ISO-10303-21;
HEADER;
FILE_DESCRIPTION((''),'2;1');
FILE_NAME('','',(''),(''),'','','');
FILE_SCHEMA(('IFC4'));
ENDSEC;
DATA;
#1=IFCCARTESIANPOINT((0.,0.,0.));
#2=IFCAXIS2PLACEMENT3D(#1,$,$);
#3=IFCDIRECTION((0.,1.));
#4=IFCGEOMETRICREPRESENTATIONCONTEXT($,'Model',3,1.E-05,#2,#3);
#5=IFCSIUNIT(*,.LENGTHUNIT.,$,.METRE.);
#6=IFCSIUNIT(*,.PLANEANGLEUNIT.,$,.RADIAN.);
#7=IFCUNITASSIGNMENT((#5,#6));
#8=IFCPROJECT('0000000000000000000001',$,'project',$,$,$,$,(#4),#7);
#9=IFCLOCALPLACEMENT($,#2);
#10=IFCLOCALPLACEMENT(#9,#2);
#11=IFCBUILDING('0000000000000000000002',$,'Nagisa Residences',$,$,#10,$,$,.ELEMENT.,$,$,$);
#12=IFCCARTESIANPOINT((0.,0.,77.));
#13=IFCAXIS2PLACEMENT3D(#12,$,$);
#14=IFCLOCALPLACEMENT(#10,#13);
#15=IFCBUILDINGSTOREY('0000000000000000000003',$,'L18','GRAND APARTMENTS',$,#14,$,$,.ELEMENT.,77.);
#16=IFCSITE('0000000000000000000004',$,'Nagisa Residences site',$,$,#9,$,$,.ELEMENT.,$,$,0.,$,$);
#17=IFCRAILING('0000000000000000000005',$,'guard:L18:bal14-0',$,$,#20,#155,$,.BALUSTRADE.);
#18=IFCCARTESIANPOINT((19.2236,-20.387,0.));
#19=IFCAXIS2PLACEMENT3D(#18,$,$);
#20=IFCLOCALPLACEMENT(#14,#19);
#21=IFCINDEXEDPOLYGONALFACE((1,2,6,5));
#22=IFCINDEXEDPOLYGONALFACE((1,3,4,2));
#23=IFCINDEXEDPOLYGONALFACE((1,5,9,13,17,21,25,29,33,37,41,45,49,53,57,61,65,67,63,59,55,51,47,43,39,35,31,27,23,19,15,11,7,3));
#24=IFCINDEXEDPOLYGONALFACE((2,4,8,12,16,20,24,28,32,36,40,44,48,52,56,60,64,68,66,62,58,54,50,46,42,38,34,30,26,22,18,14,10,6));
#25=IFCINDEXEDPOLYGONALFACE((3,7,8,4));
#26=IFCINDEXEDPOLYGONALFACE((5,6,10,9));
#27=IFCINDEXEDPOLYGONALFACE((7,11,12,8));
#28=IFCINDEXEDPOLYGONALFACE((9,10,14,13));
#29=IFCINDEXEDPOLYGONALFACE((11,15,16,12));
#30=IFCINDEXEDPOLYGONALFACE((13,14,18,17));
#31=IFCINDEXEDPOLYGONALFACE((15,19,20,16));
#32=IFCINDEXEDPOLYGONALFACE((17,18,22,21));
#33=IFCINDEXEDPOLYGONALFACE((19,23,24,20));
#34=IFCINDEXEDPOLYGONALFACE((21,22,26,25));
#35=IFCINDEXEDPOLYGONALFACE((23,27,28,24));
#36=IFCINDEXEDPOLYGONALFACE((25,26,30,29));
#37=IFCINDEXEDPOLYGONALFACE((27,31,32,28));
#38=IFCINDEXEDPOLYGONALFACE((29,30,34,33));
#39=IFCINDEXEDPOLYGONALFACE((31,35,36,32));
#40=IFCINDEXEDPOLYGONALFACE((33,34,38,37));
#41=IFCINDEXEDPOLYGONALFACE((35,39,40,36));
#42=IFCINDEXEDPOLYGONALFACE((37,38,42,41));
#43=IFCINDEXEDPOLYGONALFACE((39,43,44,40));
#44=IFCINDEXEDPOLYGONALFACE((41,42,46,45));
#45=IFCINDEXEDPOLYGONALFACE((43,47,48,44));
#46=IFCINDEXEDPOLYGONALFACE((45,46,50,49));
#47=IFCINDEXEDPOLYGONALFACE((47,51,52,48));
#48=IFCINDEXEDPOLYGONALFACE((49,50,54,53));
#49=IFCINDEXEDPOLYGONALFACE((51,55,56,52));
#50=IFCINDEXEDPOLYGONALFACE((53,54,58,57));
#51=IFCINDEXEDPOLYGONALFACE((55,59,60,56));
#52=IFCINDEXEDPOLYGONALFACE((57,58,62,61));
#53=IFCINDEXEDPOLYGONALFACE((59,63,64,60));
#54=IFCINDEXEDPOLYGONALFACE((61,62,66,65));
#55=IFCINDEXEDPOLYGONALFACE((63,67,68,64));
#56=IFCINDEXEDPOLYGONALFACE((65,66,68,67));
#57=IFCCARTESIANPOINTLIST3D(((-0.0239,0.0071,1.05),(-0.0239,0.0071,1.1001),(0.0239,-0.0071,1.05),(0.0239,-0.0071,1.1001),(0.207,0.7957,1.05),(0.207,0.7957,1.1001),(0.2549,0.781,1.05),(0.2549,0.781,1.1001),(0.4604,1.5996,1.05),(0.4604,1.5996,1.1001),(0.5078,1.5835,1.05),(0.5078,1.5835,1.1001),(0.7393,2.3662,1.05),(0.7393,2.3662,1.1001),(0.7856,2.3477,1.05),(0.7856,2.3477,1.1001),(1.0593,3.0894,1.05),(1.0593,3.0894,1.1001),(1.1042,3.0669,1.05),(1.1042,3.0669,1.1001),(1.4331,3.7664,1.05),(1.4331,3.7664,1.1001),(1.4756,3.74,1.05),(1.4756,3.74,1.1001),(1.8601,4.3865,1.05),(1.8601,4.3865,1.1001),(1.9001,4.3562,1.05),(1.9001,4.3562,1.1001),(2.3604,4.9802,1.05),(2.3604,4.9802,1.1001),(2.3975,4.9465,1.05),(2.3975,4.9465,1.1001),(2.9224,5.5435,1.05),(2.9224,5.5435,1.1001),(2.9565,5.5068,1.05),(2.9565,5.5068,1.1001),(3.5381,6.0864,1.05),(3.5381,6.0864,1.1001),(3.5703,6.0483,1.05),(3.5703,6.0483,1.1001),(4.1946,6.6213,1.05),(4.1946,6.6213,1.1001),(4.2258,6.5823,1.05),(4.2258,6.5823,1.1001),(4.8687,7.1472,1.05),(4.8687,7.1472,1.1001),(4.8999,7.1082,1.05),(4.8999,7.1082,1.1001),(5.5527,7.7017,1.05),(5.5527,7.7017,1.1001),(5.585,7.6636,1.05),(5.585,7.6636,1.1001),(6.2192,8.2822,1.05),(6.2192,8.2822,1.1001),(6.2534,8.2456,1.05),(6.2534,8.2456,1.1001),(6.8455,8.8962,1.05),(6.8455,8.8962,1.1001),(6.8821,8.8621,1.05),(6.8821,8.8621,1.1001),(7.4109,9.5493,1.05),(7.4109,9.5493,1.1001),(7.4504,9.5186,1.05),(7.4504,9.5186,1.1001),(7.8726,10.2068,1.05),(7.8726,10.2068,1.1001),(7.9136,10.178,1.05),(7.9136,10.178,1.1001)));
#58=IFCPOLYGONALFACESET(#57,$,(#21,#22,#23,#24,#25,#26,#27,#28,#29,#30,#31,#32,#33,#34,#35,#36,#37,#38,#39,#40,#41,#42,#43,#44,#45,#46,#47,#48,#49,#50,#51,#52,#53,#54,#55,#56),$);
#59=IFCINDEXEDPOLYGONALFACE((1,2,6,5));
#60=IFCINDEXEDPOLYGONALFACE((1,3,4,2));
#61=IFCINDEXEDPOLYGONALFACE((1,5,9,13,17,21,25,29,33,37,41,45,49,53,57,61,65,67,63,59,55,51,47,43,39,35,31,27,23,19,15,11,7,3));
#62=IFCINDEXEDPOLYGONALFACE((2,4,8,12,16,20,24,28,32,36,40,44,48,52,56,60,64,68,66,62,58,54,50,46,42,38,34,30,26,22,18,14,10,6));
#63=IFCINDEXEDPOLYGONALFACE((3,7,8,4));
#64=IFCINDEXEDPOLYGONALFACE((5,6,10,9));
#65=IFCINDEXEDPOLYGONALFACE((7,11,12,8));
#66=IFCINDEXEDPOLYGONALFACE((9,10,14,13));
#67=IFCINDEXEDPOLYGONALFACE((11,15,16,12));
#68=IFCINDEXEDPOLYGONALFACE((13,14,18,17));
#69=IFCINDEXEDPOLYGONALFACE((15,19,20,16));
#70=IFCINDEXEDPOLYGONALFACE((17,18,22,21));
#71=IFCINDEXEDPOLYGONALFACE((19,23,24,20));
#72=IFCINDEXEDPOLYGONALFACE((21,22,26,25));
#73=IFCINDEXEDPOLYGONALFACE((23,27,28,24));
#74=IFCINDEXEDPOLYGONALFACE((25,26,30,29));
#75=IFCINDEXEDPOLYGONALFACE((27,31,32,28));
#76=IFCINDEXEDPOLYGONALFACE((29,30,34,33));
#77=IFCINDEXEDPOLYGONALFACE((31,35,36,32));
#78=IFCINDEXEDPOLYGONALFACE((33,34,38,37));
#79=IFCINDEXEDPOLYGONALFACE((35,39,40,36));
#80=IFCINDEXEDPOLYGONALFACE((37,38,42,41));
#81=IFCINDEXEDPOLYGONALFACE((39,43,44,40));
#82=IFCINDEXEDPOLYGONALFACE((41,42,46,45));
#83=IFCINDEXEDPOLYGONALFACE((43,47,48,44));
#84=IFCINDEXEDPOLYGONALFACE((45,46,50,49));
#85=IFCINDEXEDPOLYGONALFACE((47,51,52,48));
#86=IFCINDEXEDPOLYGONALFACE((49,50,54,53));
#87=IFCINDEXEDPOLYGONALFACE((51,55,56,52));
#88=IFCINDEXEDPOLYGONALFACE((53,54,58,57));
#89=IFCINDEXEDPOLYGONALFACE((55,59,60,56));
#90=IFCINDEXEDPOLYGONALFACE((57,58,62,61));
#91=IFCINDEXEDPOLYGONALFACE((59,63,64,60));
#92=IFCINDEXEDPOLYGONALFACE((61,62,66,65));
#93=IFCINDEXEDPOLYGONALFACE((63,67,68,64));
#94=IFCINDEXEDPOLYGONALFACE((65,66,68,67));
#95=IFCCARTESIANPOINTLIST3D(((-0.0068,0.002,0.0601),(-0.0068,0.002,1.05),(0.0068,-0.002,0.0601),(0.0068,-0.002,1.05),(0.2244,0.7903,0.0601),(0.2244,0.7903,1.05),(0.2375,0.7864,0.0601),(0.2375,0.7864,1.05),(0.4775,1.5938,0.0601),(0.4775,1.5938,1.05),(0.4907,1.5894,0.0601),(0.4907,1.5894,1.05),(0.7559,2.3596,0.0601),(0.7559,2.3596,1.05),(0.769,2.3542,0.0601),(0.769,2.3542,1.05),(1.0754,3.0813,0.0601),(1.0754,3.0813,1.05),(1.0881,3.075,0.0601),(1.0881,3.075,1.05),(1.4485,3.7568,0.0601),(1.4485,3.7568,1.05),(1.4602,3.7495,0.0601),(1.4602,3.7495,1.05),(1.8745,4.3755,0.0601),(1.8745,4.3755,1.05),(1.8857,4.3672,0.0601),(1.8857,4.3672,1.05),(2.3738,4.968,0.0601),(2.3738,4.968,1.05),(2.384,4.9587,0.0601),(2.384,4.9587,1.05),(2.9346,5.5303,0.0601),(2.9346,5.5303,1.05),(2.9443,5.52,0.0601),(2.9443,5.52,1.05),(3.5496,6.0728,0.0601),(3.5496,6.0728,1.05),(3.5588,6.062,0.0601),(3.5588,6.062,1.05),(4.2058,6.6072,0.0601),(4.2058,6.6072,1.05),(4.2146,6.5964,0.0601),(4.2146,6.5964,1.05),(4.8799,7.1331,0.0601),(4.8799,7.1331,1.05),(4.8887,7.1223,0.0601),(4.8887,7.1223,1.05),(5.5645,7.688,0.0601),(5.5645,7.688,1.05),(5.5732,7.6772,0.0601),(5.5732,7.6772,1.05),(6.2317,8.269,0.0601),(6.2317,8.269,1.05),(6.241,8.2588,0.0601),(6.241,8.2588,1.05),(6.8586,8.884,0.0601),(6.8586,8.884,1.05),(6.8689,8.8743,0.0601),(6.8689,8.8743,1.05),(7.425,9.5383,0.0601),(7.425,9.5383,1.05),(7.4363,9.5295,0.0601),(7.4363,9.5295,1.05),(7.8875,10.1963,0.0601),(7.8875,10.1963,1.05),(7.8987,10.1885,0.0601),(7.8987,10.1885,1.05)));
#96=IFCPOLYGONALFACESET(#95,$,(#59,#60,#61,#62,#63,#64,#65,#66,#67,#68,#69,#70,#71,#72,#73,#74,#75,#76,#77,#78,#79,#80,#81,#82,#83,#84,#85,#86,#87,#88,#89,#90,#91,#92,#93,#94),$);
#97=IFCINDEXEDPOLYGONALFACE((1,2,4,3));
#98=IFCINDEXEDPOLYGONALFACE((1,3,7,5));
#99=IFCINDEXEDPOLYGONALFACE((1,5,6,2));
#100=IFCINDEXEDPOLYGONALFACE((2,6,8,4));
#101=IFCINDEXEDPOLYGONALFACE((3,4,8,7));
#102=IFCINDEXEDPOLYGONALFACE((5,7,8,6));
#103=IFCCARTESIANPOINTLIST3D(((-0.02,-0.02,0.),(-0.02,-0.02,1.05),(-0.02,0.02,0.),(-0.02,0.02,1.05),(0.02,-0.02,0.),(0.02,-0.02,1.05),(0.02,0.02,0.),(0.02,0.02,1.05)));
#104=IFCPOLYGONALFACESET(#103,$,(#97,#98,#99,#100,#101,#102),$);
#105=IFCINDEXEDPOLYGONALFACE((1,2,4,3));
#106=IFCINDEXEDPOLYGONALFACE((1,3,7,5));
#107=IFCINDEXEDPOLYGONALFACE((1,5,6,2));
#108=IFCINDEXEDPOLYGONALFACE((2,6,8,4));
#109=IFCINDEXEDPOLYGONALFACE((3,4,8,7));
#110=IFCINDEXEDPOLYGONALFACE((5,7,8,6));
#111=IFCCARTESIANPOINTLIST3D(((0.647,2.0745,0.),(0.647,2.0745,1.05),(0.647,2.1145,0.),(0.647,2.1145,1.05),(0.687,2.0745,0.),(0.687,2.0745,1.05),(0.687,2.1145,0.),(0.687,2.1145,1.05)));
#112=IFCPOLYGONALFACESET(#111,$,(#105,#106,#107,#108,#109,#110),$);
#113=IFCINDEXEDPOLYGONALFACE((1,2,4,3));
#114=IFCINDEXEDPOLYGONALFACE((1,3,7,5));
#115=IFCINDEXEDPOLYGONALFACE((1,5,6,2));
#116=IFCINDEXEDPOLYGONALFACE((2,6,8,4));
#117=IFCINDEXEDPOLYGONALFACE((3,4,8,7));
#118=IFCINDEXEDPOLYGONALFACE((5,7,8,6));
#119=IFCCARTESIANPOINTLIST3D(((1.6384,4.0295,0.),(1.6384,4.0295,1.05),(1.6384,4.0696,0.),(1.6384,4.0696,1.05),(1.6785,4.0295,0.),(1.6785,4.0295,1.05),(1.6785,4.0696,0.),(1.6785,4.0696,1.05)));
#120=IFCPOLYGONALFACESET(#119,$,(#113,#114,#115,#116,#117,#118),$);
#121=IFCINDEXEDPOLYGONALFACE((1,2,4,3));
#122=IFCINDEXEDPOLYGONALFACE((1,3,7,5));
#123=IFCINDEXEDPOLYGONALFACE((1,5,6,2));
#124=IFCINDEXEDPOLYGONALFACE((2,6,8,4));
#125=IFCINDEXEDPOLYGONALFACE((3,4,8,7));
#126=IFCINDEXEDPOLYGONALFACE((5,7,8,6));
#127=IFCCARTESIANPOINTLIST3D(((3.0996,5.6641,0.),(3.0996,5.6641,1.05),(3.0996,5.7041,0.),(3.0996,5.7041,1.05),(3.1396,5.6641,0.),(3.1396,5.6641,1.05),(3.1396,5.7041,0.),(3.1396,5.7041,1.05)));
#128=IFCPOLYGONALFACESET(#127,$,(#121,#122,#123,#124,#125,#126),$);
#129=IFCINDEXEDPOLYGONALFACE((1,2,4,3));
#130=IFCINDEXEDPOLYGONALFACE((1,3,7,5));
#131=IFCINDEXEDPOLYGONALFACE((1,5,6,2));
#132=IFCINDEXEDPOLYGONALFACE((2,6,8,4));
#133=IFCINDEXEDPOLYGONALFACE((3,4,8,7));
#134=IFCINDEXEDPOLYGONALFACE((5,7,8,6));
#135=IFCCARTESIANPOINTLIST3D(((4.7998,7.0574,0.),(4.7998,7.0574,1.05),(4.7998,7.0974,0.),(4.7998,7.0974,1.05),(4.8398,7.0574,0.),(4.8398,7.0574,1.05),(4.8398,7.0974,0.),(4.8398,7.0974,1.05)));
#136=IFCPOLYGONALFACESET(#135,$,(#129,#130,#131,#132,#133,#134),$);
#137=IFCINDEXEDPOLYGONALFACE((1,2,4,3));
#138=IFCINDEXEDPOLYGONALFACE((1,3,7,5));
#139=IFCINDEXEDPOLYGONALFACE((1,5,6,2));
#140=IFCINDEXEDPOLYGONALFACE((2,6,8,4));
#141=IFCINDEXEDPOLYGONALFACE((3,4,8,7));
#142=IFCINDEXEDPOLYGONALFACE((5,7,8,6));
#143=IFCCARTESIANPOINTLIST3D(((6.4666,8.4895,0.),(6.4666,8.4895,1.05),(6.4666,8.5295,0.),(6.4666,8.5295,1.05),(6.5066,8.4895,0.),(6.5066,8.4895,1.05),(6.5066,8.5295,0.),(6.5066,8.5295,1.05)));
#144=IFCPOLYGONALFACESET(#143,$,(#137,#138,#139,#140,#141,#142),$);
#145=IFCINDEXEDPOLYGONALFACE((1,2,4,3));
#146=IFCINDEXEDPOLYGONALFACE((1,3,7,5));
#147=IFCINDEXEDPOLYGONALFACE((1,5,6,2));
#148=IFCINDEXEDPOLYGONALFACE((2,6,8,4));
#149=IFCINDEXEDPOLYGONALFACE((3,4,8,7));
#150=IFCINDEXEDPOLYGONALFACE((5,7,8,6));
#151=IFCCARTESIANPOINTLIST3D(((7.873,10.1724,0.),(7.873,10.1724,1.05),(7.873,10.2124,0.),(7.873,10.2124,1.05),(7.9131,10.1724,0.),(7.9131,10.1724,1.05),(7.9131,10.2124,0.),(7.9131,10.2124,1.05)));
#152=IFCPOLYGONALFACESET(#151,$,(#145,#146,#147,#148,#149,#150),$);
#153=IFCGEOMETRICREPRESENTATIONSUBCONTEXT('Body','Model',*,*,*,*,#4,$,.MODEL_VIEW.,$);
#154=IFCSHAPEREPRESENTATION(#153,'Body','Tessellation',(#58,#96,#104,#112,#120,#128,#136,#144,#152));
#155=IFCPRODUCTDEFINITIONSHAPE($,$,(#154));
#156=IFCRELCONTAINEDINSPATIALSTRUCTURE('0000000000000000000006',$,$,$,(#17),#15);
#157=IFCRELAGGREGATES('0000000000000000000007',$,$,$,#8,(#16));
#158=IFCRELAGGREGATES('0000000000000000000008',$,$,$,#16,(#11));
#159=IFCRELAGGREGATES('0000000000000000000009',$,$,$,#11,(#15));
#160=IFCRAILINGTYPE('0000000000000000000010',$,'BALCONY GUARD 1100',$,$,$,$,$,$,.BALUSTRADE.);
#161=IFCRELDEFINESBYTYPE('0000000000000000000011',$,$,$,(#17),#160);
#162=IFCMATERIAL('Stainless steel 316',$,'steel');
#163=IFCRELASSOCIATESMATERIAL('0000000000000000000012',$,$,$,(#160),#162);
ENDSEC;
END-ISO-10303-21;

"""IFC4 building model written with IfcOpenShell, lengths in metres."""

from ifc_helpers import new_model, si_unit, direction, frame, origin, origin_2d, place, context, subcontext, project, spatial, polyline, rectangle, outline, extrude, material, type_object, element, save


model = new_model("IFC4")

# Units and contexts
model_context = context("Model", 3, precision=1e-05, world=origin(), true_north=direction((0.0, 1.0)))
body_context = subcontext(model_context, "Body", "Model", "MODEL_VIEW")
ifc_project = project(units=[si_unit("LENGTHUNIT", "METRE"), si_unit("PLANEANGLEUNIT", "RADIAN")], contexts=[model_context])

# Site, building, storey
site_placement = place(None, origin())
site = spatial("IfcSite", under=ifc_project, at=site_placement, Name="Nagisa Residences site", CompositionType="ELEMENT", RefElevation=0.0)
building_placement = place(site_placement, origin())
building = spatial("IfcBuilding", under=site, at=building_placement, Name="Nagisa Residences", CompositionType="ELEMENT")
storey_placement = place(building_placement, frame((0.0, 0.0, 77.0)))
storey = spatial("IfcBuildingStorey", under=building, at=storey_placement, Name="L18", Description="GRAND APARTMENTS", CompositionType="ELEMENT", Elevation=77.0)

# Railing
ifc_material_1 = material(Name="Stainless steel 316", Category="steel")
railing_type = type_object("IfcRailingType", Name="BALCONY GUARD 1100", PredefinedType="BALUSTRADE", material=ifc_material_1)
railing_placement = place(storey_placement, frame((19.2236, -20.387, 0.0)))
element("IfcRailing", 1, at=railing_placement, inside=storey, type_object=railing_type, Name="guard:L18:bal14-0", PredefinedType="BALUSTRADE", context=body_context, shape_type="SweptSolid", body=[
    extrude(outline(polyline([(0.207, 0.7957), (-0.0239, 0.0071), (0.0239, -0.0071), (0.2549, 0.781), (0.5078, 1.5835), (0.7856, 2.3477), (1.1042, 3.0669), (1.4756, 3.74), (1.9001, 4.3562), (2.3975, 4.9465), (2.9565, 5.5068), (3.5703, 6.0483), (4.2258, 6.5823), (4.8999, 7.1082), (5.585, 7.6636), (6.2534, 8.2456), (6.8821, 8.8621), (7.4504, 9.5186), (7.9136, 10.178), (7.8726, 10.2068), (7.4109, 9.5493), (6.8455, 8.8962), (6.2192, 8.2822), (5.5527, 7.7017), (4.8687, 7.1472), (4.1946, 6.6213), (3.5381, 6.0864), (2.9224, 5.5435), (2.3604, 4.9802), (1.8601, 4.3865), (1.4331, 3.7664), (1.0593, 3.0894), (0.7393, 2.3662), (0.4604, 1.5996), (0.207, 0.7957)])), frame((0.0, 0.0, 1.05)), (0.0, 0.0, 1.0), 0.05),
    extrude(outline(polyline([(0.2244, 0.7903), (-0.0068, 0.002), (0.0068, -0.002), (0.2375, 0.7864), (0.4907, 1.5894), (0.769, 2.3542), (1.0881, 3.075), (1.4602, 3.7495), (1.8857, 4.3672), (2.384, 4.9587), (2.9443, 5.52), (3.5588, 6.062), (4.2146, 6.5964), (4.8887, 7.1223), (5.5732, 7.6772), (6.241, 8.2588), (6.8689, 8.8743), (7.4363, 9.5295), (7.8987, 10.1885), (7.8875, 10.1963), (7.425, 9.5383), (6.8586, 8.884), (6.2317, 8.269), (5.5645, 7.688), (4.8799, 7.1331), (4.2058, 6.6072), (3.5496, 6.0728), (2.9346, 5.5303), (2.3738, 4.968), (1.8745, 4.3755), (1.4485, 3.7568), (1.0754, 3.0813), (0.7559, 2.3596), (0.4775, 1.5938), (0.2244, 0.7903)])), frame((0.0, 0.0, 0.0601)), (0.0, 0.0, 1.0), 0.99),
    extrude(rectangle(XDim=0.04, YDim=0.04, at=origin_2d()), origin(), (0.0, 0.0, 1.0), 1.05),
    extrude(rectangle(XDim=0.04, YDim=0.04, at=origin_2d()), frame((0.667, 2.0945, 0.0)), (0.0, 0.0, 1.0), 1.05),
    extrude(rectangle(XDim=0.04, YDim=0.04, at=origin_2d()), frame((1.6584, 4.0496, 0.0)), (0.0, 0.0, 1.0), 1.05),
    extrude(rectangle(XDim=0.04, YDim=0.04, at=origin_2d()), frame((3.1196, 5.6841, 0.0)), (0.0, 0.0, 1.0), 1.05),
    extrude(rectangle(XDim=0.04, YDim=0.04, at=origin_2d()), frame((4.8198, 7.0774, 0.0)), (0.0, 0.0, 1.0), 1.05),
    extrude(rectangle(XDim=0.04, YDim=0.04, at=origin_2d()), frame((6.4866, 8.5095, 0.0)), (0.0, 0.0, 1.0), 1.05),
    extrude(rectangle(XDim=0.04, YDim=0.04, at=origin_2d()), frame((7.8931, 10.1924, 0.0)), (0.0, 0.0, 1.0), 1.05),
])

save(model, "model.ifc")
